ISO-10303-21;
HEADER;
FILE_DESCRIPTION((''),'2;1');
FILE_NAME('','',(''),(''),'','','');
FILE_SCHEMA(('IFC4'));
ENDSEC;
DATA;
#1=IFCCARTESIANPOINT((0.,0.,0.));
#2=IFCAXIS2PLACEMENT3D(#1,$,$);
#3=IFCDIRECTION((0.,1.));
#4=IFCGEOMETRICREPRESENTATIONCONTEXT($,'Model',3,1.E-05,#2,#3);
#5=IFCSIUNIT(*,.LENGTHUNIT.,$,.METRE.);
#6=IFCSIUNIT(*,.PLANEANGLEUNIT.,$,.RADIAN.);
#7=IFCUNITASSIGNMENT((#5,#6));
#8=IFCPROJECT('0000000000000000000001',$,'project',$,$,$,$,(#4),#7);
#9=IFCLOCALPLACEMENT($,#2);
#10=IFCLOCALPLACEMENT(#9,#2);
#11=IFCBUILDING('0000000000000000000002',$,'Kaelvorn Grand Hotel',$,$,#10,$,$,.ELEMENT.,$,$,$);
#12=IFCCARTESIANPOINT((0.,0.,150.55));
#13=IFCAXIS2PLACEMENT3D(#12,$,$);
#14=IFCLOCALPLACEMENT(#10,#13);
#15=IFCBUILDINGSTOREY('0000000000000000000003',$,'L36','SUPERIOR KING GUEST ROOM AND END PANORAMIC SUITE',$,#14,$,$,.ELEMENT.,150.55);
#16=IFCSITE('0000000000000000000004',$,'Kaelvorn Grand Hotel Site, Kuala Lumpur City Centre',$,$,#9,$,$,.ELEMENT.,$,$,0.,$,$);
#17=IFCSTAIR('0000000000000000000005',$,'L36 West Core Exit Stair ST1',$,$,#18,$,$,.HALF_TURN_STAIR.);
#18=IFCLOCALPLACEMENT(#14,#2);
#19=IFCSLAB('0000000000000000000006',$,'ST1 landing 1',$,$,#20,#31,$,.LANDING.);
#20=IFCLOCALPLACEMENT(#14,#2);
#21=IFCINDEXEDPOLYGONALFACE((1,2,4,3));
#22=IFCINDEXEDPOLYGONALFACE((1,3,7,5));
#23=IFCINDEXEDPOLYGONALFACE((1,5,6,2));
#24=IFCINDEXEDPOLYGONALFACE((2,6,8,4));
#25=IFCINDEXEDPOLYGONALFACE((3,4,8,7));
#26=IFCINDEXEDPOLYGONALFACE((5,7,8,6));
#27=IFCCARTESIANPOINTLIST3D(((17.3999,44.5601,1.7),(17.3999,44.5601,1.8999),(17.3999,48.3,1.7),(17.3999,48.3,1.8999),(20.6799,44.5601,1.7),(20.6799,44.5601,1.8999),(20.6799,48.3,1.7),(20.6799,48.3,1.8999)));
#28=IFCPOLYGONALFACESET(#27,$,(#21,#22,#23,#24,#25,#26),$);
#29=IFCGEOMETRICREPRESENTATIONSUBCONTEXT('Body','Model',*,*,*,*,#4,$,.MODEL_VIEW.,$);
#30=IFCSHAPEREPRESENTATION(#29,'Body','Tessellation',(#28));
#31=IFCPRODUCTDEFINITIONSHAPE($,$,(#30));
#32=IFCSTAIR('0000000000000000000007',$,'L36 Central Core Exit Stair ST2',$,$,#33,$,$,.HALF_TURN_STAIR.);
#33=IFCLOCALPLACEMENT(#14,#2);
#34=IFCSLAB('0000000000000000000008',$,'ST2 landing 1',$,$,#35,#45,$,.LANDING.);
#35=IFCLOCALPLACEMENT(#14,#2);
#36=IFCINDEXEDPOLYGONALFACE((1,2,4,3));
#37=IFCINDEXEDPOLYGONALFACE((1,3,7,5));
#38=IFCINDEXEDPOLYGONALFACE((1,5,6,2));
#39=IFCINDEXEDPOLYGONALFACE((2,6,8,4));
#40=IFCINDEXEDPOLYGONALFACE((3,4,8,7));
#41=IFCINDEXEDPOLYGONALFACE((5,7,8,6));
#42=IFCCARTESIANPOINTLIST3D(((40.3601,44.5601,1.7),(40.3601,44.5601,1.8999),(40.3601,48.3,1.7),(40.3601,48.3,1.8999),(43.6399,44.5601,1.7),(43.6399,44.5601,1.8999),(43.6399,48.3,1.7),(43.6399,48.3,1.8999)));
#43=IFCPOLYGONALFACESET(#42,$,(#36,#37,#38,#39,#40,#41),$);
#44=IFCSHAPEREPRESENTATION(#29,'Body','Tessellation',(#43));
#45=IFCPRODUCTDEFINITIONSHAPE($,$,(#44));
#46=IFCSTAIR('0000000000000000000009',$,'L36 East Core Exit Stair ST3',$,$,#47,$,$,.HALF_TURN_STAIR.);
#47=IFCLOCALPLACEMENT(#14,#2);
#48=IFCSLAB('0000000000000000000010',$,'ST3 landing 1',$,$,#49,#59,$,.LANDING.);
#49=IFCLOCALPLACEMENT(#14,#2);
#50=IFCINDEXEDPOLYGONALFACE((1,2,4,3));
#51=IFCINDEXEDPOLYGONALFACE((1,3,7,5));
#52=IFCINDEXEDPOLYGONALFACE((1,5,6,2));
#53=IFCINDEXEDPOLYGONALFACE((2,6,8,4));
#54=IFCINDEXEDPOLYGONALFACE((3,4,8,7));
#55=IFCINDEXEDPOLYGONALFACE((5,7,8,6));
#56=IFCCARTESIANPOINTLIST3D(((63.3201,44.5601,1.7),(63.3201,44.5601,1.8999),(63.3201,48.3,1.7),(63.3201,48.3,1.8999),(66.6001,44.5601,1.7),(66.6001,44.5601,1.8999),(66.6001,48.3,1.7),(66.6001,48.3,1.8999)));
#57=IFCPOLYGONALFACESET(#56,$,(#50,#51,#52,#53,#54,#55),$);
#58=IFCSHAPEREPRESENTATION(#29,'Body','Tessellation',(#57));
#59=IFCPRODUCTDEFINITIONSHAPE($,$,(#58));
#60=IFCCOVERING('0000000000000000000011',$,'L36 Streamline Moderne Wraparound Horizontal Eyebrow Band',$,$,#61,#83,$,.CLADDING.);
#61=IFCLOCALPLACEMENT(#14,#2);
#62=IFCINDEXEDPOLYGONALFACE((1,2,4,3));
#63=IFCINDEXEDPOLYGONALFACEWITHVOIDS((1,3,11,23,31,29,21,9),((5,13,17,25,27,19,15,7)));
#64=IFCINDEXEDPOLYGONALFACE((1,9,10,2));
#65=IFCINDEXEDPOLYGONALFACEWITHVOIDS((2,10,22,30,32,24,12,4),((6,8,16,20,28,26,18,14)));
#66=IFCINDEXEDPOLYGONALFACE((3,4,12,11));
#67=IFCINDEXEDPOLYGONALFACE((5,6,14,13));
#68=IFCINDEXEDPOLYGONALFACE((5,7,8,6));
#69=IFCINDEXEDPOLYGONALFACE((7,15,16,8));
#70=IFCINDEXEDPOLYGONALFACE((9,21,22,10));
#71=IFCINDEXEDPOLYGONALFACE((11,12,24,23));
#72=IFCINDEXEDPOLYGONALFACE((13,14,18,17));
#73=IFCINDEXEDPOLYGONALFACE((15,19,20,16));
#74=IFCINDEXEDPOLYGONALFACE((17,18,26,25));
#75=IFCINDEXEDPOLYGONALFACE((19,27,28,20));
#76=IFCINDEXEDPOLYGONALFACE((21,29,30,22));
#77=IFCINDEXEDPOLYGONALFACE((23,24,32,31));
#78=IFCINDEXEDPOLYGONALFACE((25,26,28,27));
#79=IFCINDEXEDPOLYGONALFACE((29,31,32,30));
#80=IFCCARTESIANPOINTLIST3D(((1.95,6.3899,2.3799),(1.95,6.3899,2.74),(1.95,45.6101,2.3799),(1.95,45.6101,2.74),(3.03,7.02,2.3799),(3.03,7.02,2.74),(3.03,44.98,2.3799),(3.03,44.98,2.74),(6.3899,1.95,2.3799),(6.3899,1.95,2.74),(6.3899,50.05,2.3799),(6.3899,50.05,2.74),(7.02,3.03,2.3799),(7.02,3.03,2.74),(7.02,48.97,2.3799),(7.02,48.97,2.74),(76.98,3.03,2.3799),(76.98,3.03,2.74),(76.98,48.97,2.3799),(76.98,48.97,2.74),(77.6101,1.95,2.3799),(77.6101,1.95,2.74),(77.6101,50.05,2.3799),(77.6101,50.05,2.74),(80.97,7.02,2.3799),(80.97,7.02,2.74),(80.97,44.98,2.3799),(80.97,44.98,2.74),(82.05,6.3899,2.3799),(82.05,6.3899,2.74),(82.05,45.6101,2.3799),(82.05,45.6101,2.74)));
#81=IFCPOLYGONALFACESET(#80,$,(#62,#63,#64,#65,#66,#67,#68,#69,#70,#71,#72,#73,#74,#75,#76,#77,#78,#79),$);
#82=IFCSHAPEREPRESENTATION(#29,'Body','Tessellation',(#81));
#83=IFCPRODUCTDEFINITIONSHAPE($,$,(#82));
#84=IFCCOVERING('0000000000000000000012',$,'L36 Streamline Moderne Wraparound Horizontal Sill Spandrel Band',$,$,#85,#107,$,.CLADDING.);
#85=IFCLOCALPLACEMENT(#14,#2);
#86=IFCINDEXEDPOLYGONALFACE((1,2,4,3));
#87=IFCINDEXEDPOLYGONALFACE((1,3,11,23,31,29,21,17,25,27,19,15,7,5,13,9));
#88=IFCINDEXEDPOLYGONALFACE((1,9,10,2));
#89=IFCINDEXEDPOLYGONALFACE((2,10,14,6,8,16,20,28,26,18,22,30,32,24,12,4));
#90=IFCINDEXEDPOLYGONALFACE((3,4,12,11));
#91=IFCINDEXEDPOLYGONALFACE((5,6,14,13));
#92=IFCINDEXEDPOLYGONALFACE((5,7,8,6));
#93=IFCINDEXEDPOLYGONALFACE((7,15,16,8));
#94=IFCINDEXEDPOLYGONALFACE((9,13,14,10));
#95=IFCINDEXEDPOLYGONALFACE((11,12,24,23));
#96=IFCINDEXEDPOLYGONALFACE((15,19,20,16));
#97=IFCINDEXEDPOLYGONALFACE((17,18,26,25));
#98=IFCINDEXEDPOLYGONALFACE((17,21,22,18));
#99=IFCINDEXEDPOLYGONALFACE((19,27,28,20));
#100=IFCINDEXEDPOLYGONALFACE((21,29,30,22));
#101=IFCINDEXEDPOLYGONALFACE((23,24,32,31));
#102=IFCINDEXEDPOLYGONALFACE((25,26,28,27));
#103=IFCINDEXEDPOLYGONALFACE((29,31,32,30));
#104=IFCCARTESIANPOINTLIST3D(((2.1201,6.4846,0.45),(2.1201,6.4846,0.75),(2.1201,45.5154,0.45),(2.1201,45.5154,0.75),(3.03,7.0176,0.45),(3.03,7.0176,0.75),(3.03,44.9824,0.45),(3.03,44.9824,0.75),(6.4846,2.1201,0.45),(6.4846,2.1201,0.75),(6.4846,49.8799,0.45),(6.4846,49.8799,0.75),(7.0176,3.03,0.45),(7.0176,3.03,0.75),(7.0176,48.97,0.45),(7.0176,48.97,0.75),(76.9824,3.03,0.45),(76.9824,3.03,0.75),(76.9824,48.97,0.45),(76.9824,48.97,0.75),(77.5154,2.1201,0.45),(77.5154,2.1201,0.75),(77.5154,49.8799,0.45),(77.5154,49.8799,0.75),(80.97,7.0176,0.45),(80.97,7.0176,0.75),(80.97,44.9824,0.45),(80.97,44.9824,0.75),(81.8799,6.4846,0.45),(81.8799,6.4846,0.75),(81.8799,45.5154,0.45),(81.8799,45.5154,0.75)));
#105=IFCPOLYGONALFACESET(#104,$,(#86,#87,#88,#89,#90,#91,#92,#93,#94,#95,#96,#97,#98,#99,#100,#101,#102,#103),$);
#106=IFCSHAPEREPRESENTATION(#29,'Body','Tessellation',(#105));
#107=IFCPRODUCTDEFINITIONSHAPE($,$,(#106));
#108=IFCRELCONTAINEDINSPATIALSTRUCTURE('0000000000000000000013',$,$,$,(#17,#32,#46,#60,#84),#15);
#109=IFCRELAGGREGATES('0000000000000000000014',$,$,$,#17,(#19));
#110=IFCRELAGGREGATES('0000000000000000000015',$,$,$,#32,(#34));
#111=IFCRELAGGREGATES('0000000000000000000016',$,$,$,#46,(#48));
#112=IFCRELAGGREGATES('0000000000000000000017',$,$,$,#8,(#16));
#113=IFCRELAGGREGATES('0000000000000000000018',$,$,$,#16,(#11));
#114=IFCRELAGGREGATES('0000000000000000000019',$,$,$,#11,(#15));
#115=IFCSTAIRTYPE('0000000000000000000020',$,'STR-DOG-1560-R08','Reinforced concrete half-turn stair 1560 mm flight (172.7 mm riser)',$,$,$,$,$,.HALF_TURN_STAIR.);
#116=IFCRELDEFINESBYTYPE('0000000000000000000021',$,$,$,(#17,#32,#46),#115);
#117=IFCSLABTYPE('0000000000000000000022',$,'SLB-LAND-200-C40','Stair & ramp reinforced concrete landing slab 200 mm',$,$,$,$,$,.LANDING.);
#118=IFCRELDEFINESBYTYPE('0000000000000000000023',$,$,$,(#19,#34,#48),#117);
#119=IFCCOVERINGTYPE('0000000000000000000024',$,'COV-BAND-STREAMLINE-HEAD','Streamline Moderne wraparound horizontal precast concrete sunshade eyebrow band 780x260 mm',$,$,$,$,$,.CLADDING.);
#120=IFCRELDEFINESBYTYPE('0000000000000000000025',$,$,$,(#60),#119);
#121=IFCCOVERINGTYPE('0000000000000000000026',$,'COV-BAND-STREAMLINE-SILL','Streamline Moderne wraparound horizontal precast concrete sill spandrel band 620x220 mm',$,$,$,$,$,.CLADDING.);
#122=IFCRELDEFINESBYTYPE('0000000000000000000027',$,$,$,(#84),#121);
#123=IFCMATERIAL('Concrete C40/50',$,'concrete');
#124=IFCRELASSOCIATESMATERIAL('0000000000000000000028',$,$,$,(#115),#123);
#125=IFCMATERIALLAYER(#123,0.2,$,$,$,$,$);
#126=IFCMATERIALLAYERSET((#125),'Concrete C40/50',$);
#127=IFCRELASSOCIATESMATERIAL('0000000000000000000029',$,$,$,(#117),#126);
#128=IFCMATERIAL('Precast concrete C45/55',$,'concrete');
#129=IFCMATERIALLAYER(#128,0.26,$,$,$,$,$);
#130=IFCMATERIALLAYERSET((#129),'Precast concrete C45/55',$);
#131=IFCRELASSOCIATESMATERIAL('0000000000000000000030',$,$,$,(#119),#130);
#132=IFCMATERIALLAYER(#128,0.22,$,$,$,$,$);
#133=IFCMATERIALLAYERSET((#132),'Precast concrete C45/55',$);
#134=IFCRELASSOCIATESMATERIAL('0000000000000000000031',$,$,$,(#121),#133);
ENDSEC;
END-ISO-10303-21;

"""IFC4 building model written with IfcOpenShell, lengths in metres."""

from ifc_helpers import new_model, si_unit, direction, frame, origin, place, context, subcontext, project, spatial, polyline, outline, extrude, material, layer, layer_set, type_object, element, aggregate, save


model = new_model("IFC4")

# Units and contexts
model_context = context("Model", 3, precision=1e-05, world=origin(), true_north=direction((0.0, 1.0)))
body_context = subcontext(model_context, "Body", "Model", "MODEL_VIEW")
ifc_project = project(units=[si_unit("LENGTHUNIT", "METRE"), si_unit("PLANEANGLEUNIT", "RADIAN")], contexts=[model_context])

# Site, building, storey
site_placement = place(None, origin())
site = spatial("IfcSite", under=ifc_project, at=site_placement, Name="Kaelvorn Grand Hotel Site, Kuala Lumpur City Centre", CompositionType="ELEMENT", RefElevation=0.0)
building_placement = place(site_placement, origin())
building = spatial("IfcBuilding", under=site, at=building_placement, Name="Kaelvorn Grand Hotel", CompositionType="ELEMENT")
storey_placement = place(building_placement, frame((0.0, 0.0, 150.55)))
storey = spatial("IfcBuildingStorey", under=building, at=storey_placement, Name="L36", Description="SUPERIOR KING GUEST ROOM AND END PANORAMIC SUITE", CompositionType="ELEMENT", Elevation=150.55)

# Shared definitions
ifc_material_1 = material(Name="Concrete C40/50", Category="concrete")

# Stairs, slabs
stair_type = type_object("IfcStairType", Name="STR-DOG-1560-R08", Description="Reinforced concrete half-turn stair 1560 mm flight (172.7 mm riser)", PredefinedType="HALF_TURN_STAIR", material=ifc_material_1)
stair_1_placement = place(storey_placement, origin())
stair_1 = element("IfcStair", 1, at=stair_1_placement, inside=storey, type_object=stair_type, Name="L36 West Core Exit Stair ST1", PredefinedType="HALF_TURN_STAIR")
ifc_layer_1 = layer(ifc_material_1, 0.2)
ifc_layer_set_1 = layer_set([ifc_layer_1], Name="Concrete C40/50")
slab_type_1 = type_object("IfcSlabType", Name="SLB-LAND-200-C40", Description="Stair & ramp reinforced concrete landing slab 200 mm", PredefinedType="LANDING", material=ifc_layer_set_1)
slab_1_placement = place(storey_placement, frame((0.0, 0.0, 1.7)))
slab_1 = element("IfcSlab", 2, at=slab_1_placement, type_object=slab_type_1, Name="ST1 landing 1", PredefinedType="LANDING", context=body_context, shape_type="SweptSolid", body=[
    extrude(outline(polyline([(20.6799, 44.5601), (20.6799, 48.3), (17.3999, 48.3), (17.3999, 44.5601), (20.6799, 44.5601)])), origin(), (0.0, 0.0, 1.0), 0.2),
])
aggregate(stair_1, [slab_1])
stair_2_placement = place(storey_placement, origin())
stair_2 = element("IfcStair", 3, at=stair_2_placement, inside=storey, type_object=stair_type, Name="L36 Central Core Exit Stair ST2", PredefinedType="HALF_TURN_STAIR")
slab_2_placement = place(storey_placement, frame((0.0, 0.0, 1.7)))
slab_2 = element("IfcSlab", 4, at=slab_2_placement, type_object=slab_type_1, Name="ST2 landing 1", PredefinedType="LANDING", context=body_context, shape_type="SweptSolid", body=[
    extrude(outline(polyline([(43.6399, 44.5601), (43.6399, 48.3), (40.3601, 48.3), (40.3601, 44.5601), (43.6399, 44.5601)])), origin(), (0.0, 0.0, 1.0), 0.2),
])
aggregate(stair_2, [slab_2])
stair_3_placement = place(storey_placement, origin())
stair_3 = element("IfcStair", 5, at=stair_3_placement, inside=storey, type_object=stair_type, Name="L36 East Core Exit Stair ST3", PredefinedType="HALF_TURN_STAIR")
slab_3_placement = place(storey_placement, frame((0.0, 0.0, 1.7)))
slab_3 = element("IfcSlab", 6, at=slab_3_placement, type_object=slab_type_1, Name="ST3 landing 1", PredefinedType="LANDING", context=body_context, shape_type="SweptSolid", body=[
    extrude(outline(polyline([(66.6001, 44.5601), (66.6001, 48.3), (63.3201, 48.3), (63.3201, 44.5601), (66.6001, 44.5601)])), origin(), (0.0, 0.0, 1.0), 0.2),
])
aggregate(stair_3, [slab_3])

# Coverings
ifc_material_2 = material(Name="Precast concrete C45/55", Category="concrete")
ifc_layer_2 = layer(ifc_material_2, 0.26)
ifc_layer_set_2 = layer_set([ifc_layer_2], Name="Precast concrete C45/55")
covering_type_1 = type_object("IfcCoveringType", Name="COV-BAND-STREAMLINE-HEAD", Description="Streamline Moderne wraparound horizontal precast concrete sunshade eyebrow band 780x260 mm", PredefinedType="CLADDING", material=ifc_layer_set_2)
covering_1_placement = place(storey_placement, frame((0.0, 0.0, 2.3799)))
element("IfcCovering", 7, at=covering_1_placement, inside=storey, type_object=covering_type_1, Name="L36 Streamline Moderne Wraparound Horizontal Eyebrow Band", PredefinedType="CLADDING", context=body_context, shape_type="SweptSolid", body=[
    extrude(outline(polyline([(6.3899, 1.95), (77.6101, 1.95), (82.05, 6.3899), (82.05, 45.6101), (77.6101, 50.05), (6.3899, 50.05), (1.95, 45.6101), (1.95, 6.3899), (6.3899, 1.95)]), holes=[polyline([(7.02, 3.03), (76.98, 3.03), (80.97, 7.02), (80.97, 44.98), (76.98, 48.97), (7.02, 48.97), (3.03, 44.98), (3.03, 7.02), (7.02, 3.03)])]), origin(), (0.0, 0.0, 1.0), 0.3601),
])
ifc_layer_3 = layer(ifc_material_2, 0.22)
ifc_layer_set_3 = layer_set([ifc_layer_3], Name="Precast concrete C45/55")
covering_type_2 = type_object("IfcCoveringType", Name="COV-BAND-STREAMLINE-SILL", Description="Streamline Moderne wraparound horizontal precast concrete sill spandrel band 620x220 mm", PredefinedType="CLADDING", material=ifc_layer_set_3)
covering_2_placement = place(storey_placement, frame((0.0, 0.0, 0.45)))
element("IfcCovering", 8, at=covering_2_placement, inside=storey, type_object=covering_type_2, Name="L36 Streamline Moderne Wraparound Horizontal Sill Spandrel Band", PredefinedType="CLADDING", context=body_context, shape_type="SweptSolid", body=[
    extrude(outline(polyline([(77.5154, 2.1201), (81.8799, 6.4846), (81.8799, 45.5154), (77.5154, 49.8799), (6.4846, 49.8799), (2.1201, 45.5154), (2.1201, 6.4846), (6.4846, 2.1201), (7.0176, 3.03), (3.03, 7.0176), (3.03, 44.9824), (7.0176, 48.97), (76.9824, 48.97), (80.97, 44.9824), (80.97, 7.0176), (76.9824, 3.03), (77.5154, 2.1201)])), origin(), (0.0, 0.0, 1.0), 0.3),
])

save(model, "model.ifc")
